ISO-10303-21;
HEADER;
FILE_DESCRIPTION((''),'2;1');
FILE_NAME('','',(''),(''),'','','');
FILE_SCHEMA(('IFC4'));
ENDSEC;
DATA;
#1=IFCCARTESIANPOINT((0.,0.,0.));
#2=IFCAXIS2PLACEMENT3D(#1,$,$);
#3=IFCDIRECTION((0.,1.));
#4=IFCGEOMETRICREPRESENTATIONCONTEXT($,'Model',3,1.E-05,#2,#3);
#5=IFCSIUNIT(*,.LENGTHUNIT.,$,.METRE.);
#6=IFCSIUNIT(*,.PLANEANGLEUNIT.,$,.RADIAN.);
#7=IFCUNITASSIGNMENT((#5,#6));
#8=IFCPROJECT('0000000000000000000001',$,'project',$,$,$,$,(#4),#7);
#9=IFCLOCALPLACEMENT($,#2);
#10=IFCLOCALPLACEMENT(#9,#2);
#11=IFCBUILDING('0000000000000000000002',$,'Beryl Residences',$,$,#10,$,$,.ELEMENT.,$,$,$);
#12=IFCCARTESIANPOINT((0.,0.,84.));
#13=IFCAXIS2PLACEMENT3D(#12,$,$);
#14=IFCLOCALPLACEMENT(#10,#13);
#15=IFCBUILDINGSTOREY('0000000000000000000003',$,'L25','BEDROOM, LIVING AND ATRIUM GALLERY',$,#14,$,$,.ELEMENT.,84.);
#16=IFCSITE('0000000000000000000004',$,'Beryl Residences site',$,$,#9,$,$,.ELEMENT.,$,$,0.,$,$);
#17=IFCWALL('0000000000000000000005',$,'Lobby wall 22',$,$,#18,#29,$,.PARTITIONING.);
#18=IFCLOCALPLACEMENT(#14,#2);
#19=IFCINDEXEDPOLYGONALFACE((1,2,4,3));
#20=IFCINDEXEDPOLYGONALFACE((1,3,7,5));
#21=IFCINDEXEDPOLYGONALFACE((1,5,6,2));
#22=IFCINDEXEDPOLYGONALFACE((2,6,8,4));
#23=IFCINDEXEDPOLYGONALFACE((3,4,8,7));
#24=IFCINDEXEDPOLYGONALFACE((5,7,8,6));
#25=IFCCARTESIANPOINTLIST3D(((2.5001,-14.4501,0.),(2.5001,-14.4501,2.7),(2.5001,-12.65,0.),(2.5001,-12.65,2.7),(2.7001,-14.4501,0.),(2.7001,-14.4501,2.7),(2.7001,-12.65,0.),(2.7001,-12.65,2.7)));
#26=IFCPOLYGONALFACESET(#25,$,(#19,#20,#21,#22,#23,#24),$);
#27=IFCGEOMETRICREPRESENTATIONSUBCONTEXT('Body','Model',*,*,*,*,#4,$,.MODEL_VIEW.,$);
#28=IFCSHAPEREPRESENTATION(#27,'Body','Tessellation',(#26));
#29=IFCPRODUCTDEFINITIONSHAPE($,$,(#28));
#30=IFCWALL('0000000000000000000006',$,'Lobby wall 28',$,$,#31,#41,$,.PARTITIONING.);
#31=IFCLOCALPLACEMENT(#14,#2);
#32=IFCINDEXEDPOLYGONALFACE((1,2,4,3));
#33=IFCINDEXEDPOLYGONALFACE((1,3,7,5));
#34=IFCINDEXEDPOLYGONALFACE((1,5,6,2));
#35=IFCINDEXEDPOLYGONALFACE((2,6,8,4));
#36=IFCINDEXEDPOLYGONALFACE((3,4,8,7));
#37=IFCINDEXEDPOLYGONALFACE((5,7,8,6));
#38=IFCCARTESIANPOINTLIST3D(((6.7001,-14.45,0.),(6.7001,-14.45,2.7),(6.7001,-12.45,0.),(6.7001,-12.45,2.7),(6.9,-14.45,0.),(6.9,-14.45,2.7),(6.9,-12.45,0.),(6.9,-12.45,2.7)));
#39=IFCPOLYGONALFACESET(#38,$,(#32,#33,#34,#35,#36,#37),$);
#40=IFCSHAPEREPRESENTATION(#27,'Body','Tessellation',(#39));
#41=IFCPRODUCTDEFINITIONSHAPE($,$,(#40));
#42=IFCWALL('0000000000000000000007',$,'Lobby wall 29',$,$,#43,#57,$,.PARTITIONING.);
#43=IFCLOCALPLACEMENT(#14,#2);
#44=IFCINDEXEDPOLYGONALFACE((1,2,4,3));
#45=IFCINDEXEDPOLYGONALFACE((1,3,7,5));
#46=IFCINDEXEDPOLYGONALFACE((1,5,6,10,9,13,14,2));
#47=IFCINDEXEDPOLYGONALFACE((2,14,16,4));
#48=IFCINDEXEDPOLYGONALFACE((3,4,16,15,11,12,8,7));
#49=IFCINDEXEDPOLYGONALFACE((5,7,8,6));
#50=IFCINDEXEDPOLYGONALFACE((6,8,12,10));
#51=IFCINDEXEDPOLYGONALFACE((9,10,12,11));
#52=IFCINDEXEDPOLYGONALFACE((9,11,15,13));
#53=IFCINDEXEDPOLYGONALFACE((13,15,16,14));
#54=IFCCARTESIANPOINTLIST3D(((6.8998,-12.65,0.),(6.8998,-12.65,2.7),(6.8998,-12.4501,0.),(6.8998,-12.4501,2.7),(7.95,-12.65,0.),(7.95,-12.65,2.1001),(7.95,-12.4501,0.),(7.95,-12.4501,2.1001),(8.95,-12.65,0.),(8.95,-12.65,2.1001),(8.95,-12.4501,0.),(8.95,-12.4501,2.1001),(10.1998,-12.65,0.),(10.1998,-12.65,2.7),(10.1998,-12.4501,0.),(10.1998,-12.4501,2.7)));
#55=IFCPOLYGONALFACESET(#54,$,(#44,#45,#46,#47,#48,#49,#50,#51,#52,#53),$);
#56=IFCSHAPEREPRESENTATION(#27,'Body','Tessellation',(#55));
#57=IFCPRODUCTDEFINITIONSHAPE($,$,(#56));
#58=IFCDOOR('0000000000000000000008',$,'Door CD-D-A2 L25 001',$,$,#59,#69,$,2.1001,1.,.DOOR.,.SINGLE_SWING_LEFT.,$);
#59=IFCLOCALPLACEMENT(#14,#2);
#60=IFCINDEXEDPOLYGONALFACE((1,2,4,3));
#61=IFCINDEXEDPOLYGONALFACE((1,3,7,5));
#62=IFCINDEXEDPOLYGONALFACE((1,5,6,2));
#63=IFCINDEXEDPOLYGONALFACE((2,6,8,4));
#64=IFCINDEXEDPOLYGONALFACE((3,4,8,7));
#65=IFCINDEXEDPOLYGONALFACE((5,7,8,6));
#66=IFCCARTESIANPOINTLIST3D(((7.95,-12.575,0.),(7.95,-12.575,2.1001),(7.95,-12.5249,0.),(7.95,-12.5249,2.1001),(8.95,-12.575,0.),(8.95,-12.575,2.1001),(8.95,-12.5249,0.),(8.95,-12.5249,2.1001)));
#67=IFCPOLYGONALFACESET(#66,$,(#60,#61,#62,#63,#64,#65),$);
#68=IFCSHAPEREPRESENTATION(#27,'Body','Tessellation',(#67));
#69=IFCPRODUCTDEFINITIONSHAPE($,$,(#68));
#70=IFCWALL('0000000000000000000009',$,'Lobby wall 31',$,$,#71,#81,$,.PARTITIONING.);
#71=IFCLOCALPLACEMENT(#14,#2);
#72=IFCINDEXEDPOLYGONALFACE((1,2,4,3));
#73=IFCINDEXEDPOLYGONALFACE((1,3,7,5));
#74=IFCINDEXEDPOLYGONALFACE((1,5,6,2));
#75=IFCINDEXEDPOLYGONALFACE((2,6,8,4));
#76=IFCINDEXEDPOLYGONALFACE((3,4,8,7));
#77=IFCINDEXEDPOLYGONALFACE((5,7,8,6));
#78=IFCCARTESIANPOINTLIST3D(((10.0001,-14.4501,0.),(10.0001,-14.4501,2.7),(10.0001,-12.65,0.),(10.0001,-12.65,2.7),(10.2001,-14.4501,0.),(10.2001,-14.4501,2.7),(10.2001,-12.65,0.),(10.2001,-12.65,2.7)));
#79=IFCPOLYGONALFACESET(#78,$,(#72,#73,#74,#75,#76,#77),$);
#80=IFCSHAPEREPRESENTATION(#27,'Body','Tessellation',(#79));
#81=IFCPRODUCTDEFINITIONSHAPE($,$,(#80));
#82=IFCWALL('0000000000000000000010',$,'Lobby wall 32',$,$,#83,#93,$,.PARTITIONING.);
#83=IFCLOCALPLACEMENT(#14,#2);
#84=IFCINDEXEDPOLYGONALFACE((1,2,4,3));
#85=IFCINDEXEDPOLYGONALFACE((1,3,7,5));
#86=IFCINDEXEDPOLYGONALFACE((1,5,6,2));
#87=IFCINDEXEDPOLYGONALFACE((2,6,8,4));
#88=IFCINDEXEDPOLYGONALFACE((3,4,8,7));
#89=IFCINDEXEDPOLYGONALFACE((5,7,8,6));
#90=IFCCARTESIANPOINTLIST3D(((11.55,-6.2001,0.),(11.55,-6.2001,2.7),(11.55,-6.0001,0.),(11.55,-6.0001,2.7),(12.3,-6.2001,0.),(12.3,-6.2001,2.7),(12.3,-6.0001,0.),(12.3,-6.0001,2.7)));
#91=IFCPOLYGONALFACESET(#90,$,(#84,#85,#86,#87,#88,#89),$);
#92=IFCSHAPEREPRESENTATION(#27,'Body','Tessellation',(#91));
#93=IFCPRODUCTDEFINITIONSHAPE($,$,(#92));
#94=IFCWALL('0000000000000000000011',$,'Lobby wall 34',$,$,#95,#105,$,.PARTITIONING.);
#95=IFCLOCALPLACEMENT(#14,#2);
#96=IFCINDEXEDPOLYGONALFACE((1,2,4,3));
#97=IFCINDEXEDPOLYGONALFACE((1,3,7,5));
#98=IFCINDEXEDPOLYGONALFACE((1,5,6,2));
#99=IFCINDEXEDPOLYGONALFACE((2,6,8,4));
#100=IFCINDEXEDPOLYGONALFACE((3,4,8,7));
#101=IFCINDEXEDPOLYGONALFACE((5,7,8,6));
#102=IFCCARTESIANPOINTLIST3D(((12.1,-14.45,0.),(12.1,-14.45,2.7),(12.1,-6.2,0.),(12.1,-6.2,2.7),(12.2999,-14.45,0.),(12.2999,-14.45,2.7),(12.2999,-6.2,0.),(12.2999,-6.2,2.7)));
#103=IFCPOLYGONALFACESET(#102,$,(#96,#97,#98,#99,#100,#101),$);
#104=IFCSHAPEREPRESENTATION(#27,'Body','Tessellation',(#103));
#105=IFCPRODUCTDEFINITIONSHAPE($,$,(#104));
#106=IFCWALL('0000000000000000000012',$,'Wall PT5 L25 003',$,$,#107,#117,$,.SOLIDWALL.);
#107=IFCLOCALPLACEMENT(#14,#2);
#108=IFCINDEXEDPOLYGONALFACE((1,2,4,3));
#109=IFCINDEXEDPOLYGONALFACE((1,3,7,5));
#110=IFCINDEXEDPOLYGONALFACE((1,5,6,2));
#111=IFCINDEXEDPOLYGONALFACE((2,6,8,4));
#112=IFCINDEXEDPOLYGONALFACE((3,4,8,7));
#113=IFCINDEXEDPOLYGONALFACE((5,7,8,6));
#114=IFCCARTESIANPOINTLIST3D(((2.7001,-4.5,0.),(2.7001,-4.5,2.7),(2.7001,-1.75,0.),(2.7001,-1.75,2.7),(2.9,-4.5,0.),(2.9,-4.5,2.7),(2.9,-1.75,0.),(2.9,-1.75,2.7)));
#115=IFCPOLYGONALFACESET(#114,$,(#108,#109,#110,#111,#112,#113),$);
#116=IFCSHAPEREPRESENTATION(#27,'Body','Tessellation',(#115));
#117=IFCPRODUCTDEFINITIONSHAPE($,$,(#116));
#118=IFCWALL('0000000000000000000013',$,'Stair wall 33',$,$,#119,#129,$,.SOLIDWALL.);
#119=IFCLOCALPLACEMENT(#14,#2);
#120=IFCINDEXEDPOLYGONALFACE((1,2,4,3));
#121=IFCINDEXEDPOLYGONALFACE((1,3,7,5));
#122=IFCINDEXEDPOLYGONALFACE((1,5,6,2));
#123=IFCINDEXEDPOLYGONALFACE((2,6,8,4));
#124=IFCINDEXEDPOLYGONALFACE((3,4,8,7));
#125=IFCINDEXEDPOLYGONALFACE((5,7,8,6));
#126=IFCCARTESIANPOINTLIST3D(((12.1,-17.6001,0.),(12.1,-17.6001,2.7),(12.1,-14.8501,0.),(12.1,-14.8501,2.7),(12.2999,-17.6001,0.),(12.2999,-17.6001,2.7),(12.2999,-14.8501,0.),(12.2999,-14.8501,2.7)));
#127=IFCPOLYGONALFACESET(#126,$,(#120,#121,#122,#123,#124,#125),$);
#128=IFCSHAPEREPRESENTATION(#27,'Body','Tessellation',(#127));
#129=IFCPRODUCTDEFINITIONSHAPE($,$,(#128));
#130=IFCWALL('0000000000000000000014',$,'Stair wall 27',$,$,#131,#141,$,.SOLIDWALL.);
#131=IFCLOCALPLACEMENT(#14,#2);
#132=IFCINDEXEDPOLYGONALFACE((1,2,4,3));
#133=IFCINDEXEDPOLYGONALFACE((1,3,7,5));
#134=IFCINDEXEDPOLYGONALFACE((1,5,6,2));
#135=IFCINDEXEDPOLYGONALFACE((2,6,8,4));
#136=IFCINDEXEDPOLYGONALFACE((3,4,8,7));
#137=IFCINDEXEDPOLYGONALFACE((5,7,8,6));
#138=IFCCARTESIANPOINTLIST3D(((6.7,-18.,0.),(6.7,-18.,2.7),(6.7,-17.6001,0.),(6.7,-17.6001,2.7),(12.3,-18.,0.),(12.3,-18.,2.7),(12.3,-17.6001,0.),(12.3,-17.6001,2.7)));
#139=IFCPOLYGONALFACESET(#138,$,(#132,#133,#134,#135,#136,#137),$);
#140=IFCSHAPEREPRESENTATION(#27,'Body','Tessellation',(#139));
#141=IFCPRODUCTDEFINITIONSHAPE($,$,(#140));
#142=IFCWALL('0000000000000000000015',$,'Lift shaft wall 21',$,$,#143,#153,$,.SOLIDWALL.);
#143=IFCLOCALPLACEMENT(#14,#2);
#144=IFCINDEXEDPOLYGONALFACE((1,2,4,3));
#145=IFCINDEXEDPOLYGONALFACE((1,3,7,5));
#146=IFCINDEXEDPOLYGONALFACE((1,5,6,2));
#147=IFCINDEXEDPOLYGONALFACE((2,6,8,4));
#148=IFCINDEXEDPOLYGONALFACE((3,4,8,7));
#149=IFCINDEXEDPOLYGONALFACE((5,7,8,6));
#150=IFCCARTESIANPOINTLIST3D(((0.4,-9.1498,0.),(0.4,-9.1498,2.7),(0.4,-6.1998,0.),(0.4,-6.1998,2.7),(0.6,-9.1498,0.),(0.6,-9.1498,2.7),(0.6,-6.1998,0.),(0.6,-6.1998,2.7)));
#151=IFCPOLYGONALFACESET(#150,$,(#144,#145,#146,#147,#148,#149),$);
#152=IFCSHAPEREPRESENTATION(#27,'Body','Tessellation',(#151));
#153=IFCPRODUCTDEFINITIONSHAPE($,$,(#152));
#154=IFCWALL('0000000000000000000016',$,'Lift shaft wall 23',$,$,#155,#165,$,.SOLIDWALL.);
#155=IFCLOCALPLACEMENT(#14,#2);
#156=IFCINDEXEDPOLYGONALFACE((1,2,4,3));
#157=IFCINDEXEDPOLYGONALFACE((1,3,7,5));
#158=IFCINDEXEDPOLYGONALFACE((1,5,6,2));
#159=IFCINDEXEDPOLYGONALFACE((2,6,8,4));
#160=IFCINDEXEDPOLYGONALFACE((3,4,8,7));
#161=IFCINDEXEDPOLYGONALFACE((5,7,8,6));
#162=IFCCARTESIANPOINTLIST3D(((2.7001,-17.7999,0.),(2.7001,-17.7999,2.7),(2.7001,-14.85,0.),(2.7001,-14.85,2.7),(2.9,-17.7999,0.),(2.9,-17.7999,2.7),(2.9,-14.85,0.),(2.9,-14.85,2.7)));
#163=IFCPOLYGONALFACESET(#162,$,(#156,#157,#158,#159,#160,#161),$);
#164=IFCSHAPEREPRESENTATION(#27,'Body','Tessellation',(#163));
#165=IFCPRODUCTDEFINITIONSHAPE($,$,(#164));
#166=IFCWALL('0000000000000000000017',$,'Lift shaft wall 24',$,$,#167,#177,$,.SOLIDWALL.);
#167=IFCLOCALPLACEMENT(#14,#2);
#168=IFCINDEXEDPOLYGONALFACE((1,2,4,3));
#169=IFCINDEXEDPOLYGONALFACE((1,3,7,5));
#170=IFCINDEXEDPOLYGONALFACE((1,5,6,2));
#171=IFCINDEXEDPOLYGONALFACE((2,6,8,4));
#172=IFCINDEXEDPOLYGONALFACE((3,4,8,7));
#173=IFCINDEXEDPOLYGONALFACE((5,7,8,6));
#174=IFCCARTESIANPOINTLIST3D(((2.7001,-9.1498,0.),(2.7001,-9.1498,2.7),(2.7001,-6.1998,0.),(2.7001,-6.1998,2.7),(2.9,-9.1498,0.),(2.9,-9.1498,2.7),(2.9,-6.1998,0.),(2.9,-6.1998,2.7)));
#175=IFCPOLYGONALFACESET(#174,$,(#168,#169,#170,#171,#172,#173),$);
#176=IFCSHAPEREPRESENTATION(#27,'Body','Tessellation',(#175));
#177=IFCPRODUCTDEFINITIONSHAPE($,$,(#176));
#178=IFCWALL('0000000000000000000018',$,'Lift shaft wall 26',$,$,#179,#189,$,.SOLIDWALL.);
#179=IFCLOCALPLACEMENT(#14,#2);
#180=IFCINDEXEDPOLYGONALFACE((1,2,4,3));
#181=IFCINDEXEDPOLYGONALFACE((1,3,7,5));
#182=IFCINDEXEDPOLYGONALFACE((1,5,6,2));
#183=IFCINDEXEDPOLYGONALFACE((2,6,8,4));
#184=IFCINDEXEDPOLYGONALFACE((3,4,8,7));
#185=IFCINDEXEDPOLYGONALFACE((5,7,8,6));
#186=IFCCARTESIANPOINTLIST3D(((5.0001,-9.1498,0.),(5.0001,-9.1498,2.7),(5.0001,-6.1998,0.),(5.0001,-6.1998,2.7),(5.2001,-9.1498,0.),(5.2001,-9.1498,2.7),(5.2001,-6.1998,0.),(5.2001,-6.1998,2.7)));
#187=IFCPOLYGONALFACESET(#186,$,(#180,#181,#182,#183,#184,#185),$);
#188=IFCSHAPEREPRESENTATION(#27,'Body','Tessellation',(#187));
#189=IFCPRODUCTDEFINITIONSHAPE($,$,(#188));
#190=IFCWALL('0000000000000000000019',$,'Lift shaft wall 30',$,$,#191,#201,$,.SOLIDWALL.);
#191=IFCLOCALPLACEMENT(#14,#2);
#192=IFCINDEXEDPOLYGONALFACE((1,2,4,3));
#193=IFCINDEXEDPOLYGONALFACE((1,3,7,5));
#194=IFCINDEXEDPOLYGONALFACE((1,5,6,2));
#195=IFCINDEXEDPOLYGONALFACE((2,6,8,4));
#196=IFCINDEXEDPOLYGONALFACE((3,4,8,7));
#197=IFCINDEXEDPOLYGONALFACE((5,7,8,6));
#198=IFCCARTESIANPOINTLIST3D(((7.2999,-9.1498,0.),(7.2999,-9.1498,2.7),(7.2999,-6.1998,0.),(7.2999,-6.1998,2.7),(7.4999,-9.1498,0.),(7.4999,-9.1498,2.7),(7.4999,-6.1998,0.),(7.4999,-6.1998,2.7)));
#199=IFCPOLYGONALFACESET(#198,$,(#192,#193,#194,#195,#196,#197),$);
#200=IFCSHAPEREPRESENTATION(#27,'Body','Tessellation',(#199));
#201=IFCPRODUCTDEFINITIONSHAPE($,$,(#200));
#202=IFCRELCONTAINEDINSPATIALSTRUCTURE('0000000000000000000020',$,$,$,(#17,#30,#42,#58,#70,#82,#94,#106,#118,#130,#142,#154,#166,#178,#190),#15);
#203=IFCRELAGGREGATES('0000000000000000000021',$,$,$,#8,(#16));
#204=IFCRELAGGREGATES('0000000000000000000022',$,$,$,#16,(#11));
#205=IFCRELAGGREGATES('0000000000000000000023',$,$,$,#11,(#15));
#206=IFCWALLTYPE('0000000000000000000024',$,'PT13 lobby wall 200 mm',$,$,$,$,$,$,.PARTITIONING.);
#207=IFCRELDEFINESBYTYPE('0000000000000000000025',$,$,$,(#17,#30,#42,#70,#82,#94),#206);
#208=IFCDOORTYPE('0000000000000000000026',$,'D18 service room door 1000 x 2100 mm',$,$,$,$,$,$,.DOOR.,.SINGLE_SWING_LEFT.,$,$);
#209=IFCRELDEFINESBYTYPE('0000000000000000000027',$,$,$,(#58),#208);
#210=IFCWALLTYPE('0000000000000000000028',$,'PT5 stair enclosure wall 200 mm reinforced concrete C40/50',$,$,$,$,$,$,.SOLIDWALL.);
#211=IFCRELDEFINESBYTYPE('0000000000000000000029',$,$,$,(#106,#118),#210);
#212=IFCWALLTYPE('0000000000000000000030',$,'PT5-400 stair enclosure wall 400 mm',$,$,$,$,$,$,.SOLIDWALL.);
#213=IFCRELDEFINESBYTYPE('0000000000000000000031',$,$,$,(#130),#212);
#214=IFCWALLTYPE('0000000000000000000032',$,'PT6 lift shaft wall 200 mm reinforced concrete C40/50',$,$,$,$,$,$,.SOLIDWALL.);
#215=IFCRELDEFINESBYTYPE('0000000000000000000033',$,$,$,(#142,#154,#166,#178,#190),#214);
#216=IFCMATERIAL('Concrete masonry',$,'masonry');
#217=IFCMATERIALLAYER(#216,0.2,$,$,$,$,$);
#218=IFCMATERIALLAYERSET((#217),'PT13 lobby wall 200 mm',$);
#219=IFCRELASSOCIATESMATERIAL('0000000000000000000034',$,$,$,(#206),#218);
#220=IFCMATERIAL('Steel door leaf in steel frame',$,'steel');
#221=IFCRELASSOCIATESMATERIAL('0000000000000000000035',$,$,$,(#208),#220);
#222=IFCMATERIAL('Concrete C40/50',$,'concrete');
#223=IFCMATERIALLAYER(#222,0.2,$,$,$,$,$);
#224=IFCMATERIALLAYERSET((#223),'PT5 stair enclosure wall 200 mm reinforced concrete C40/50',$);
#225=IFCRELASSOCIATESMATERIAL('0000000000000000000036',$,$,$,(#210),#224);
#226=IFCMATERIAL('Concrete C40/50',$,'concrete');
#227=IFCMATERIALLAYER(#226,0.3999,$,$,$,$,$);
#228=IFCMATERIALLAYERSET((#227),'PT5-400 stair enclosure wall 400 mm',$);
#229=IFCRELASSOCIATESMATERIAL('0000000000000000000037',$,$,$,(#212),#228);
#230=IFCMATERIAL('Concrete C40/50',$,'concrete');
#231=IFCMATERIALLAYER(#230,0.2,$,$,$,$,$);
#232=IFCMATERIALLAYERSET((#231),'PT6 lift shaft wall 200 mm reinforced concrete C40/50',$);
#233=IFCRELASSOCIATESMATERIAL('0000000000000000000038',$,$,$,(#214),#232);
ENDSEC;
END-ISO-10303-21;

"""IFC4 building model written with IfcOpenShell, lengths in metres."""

from ifc_helpers import new_model, si_unit, direction, frame, frame_2d, origin, place, context, subcontext, project, spatial, rectangle, extrude, material, layer, layer_set, type_object, element, fill, save


model = new_model("IFC4")

# Units and contexts
model_context = context("Model", 3, precision=1e-05, world=origin(), true_north=direction((0.0, 1.0)))
body_context = subcontext(model_context, "Body", "Model", "MODEL_VIEW")
ifc_project = project(units=[si_unit("LENGTHUNIT", "METRE"), si_unit("PLANEANGLEUNIT", "RADIAN")], contexts=[model_context])

# Site, building, storey
site_placement = place(None, origin())
site = spatial("IfcSite", under=ifc_project, at=site_placement, Name="Beryl Residences site", CompositionType="ELEMENT", RefElevation=0.0)
building_placement = place(site_placement, origin())
building = spatial("IfcBuilding", under=site, at=building_placement, Name="Beryl Residences", CompositionType="ELEMENT")
storey_placement = place(building_placement, frame((0.0, 0.0, 84.0)))
storey = spatial("IfcBuildingStorey", under=building, at=storey_placement, Name="L25", Description="BEDROOM, LIVING AND ATRIUM GALLERY", CompositionType="ELEMENT", Elevation=84.0)

# Walls
ifc_material_1 = material(Name="Concrete masonry", Category="masonry")
ifc_layer_1 = layer(ifc_material_1, 0.2)
ifc_layer_set_1 = layer_set([ifc_layer_1], Name="PT13 lobby wall 200 mm")
wall_type_1 = type_object("IfcWallType", Name="PT13 lobby wall 200 mm", PredefinedType="PARTITIONING", material=ifc_layer_set_1)
wall_1_placement = place(storey_placement, frame((2.6001, -14.45, 0.0), z_axis=(0.0, 0.0, 1.0), x_axis=(0.0, 1.0, 0.0)))
element("IfcWall", 1, at=wall_1_placement, inside=storey, type_object=wall_type_1, Name="Lobby wall 22", PredefinedType="PARTITIONING", context=body_context, shape_type="SweptSolid", body=[
    extrude(rectangle(XDim=1.8, YDim=0.2, at=frame_2d((0.8999, 0.0))), origin(), (0.0, 0.0, 1.0), 2.7),
])
wall_2_placement = place(storey_placement, frame((6.8, -14.45, 0.0), z_axis=(0.0, 0.0, 1.0), x_axis=(0.0, 1.0, 0.0)))
element("IfcWall", 2, at=wall_2_placement, inside=storey, type_object=wall_type_1, Name="Lobby wall 28", PredefinedType="PARTITIONING", context=body_context, shape_type="SweptSolid", body=[
    extrude(rectangle(XDim=2.0, YDim=0.2, at=frame_2d((1.0, 0.0))), origin(), (0.0, 0.0, 1.0), 2.7),
])

# Wall, opening, door
wall_3_placement = place(storey_placement, frame((6.8999, -12.55, 0.0), z_axis=(0.0, 0.0, 1.0), x_axis=(1.0, 0.0, 0.0)))
wall_3 = element("IfcWall", 3, at=wall_3_placement, inside=storey, type_object=wall_type_1, Name="Lobby wall 29", PredefinedType="PARTITIONING", context=body_context, shape_type="SweptSolid", body=[
    extrude(rectangle(XDim=3.3, YDim=0.2, at=frame_2d((1.6499, 0.0))), origin(), (0.0, 0.0, 1.0), 2.7),
])
opening_placement = place(wall_3_placement, frame((2.05, 0.0, 0.0), z_axis=(0.0, 0.0, 1.0), x_axis=(-1.0, 0.0, 0.0)))
opening = element("IfcOpeningElement", 4, at=opening_placement, cuts=wall_3, PredefinedType="OPENING", context=body_context, shape_type="SweptSolid", body=[
    extrude(rectangle(XDim=1.0, YDim=2.1001, at=frame_2d((0.5, 1.05))), frame((0.0, 0.1099, 0.0), z_axis=(0.0, -1.0, 0.0), x_axis=(1.0, 0.0, 0.0)), (0.0, 0.0, 1.0), 0.22),
])
ifc_material_2 = material(Name="Steel door leaf in steel frame", Category="steel")
door_type = type_object("IfcDoorType", Name="D18 service room door 1000 x 2100 mm", OperationType="SINGLE_SWING_LEFT", PredefinedType="DOOR", material=ifc_material_2)
door_placement = place(opening_placement, origin())
door = element("IfcDoor", 5, at=door_placement, inside=storey, type_object=door_type, Name="Door CD-D-A2 L25 001", OperationType="SINGLE_SWING_LEFT", OverallHeight=2.1001, OverallWidth=1.0, PredefinedType="DOOR", context=body_context, shape_type="SweptSolid", body=[
    extrude(rectangle(XDim=1.0, YDim=2.1001, at=frame_2d((0.5, 1.05))), frame((0.0, 0.0249, 0.0), z_axis=(0.0, -1.0, 0.0), x_axis=(1.0, 0.0, 0.0)), (0.0, 0.0, 1.0), 0.05),
])
fill(opening, door)

# Walls
wall_4_placement = place(storey_placement, frame((10.1001, -14.45, 0.0), z_axis=(0.0, 0.0, 1.0), x_axis=(0.0, 1.0, 0.0)))
element("IfcWall", 6, at=wall_4_placement, inside=storey, type_object=wall_type_1, Name="Lobby wall 31", PredefinedType="PARTITIONING", context=body_context, shape_type="SweptSolid", body=[
    extrude(rectangle(XDim=1.8, YDim=0.2, at=frame_2d((0.8999, 0.0))), origin(), (0.0, 0.0, 1.0), 2.7),
])
wall_5_placement = place(storey_placement, frame((11.55, -6.1001, 0.0), z_axis=(0.0, 0.0, 1.0), x_axis=(1.0, 0.0, 0.0)))
element("IfcWall", 7, at=wall_5_placement, inside=storey, type_object=wall_type_1, Name="Lobby wall 32", PredefinedType="PARTITIONING", context=body_context, shape_type="SweptSolid", body=[
    extrude(rectangle(XDim=0.75, YDim=0.2, at=frame_2d((0.375, 0.0))), origin(), (0.0, 0.0, 1.0), 2.7),
])
wall_6_placement = place(storey_placement, frame((12.2, -14.45, 0.0), z_axis=(0.0, 0.0, 1.0), x_axis=(0.0, 1.0, 0.0)))
element("IfcWall", 8, at=wall_6_placement, inside=storey, type_object=wall_type_1, Name="Lobby wall 34", PredefinedType="PARTITIONING", context=body_context, shape_type="SweptSolid", body=[
    extrude(rectangle(XDim=8.25, YDim=0.2, at=frame_2d((4.125, 0.0))), origin(), (0.0, 0.0, 1.0), 2.7),
])
ifc_material_3 = material(Name="Concrete C40/50", Category="concrete")
ifc_layer_2 = layer(ifc_material_3, 0.2)
ifc_layer_set_2 = layer_set([ifc_layer_2], Name="PT5 stair enclosure wall 200 mm reinforced concrete C40/50")
wall_type_2 = type_object("IfcWallType", Name="PT5 stair enclosure wall 200 mm reinforced concrete C40/50", PredefinedType="SOLIDWALL", material=ifc_layer_set_2)
for number, where, z_axis, x_axis, name in (
    (9, (2.8, -4.5, 0.0), (0.0, 0.0, 1.0), (0.0, 1.0, 0.0), "Wall PT5 L25 003"),
    (10, (12.2, -17.6001, 0.0), (0.0, 0.0, 1.0), (0.0, 1.0, 0.0), "Stair wall 33"),
):
    element("IfcWall", number, at=place(storey_placement, frame(where, z_axis=z_axis, x_axis=x_axis)), inside=storey, type_object=wall_type_2, Name=name, PredefinedType="SOLIDWALL", context=body_context, shape_type="SweptSolid", body=[
        extrude(rectangle(XDim=2.75, YDim=0.2, at=frame_2d((1.375, 0.0))), origin(), (0.0, 0.0, 1.0), 2.7),
    ])
ifc_material_4 = material(Name="Concrete C40/50", Category="concrete")
ifc_layer_3 = layer(ifc_material_4, 0.3999)
ifc_layer_set_3 = layer_set([ifc_layer_3], Name="PT5-400 stair enclosure wall 400 mm")
wall_type_3 = type_object("IfcWallType", Name="PT5-400 stair enclosure wall 400 mm", PredefinedType="SOLIDWALL", material=ifc_layer_set_3)
wall_7_placement = place(storey_placement, frame((6.7, -17.8, 0.0), z_axis=(0.0, 0.0, 1.0), x_axis=(1.0, 0.0, 0.0)))
element("IfcWall", 11, at=wall_7_placement, inside=storey, type_object=wall_type_3, Name="Stair wall 27", PredefinedType="SOLIDWALL", context=body_context, shape_type="SweptSolid", body=[
    extrude(rectangle(XDim=5.6001, YDim=0.3999, at=frame_2d((2.8, 0.0))), origin(), (0.0, 0.0, 1.0), 2.7),
])
ifc_material_5 = material(Name="Concrete C40/50", Category="concrete")
ifc_layer_4 = layer(ifc_material_5, 0.2)
ifc_layer_set_4 = layer_set([ifc_layer_4], Name="PT6 lift shaft wall 200 mm reinforced concrete C40/50")
wall_type_4 = type_object("IfcWallType", Name="PT6 lift shaft wall 200 mm reinforced concrete C40/50", PredefinedType="SOLIDWALL", material=ifc_layer_set_4)
for number, where, z_axis, x_axis, name in (
    (12, (0.5, -9.1499, 0.0), (0.0, 0.0, 1.0), (0.0, 1.0, 0.0), "Lift shaft wall 21"),
    (13, (2.8, -17.8, 0.0), (0.0, 0.0, 1.0), (0.0, 1.0, 0.0), "Lift shaft wall 23"),
    (14, (2.8, -9.1499, 0.0), (0.0, 0.0, 1.0), (0.0, 1.0, 0.0), "Lift shaft wall 24"),
    (15, (5.1001, -9.1499, 0.0), (0.0, 0.0, 1.0), (0.0, 1.0, 0.0), "Lift shaft wall 26"),
    (16, (7.3999, -9.1499, 0.0), (0.0, 0.0, 1.0), (0.0, 1.0, 0.0), "Lift shaft wall 30"),
):
    element("IfcWall", number, at=place(storey_placement, frame(where, z_axis=z_axis, x_axis=x_axis)), inside=storey, type_object=wall_type_4, Name=name, PredefinedType="SOLIDWALL", context=body_context, shape_type="SweptSolid", body=[
        extrude(rectangle(XDim=2.95, YDim=0.2, at=frame_2d((1.4751, 0.0))), origin(), (0.0, 0.0, 1.0), 2.7),
    ])

save(model, "model.ifc")
